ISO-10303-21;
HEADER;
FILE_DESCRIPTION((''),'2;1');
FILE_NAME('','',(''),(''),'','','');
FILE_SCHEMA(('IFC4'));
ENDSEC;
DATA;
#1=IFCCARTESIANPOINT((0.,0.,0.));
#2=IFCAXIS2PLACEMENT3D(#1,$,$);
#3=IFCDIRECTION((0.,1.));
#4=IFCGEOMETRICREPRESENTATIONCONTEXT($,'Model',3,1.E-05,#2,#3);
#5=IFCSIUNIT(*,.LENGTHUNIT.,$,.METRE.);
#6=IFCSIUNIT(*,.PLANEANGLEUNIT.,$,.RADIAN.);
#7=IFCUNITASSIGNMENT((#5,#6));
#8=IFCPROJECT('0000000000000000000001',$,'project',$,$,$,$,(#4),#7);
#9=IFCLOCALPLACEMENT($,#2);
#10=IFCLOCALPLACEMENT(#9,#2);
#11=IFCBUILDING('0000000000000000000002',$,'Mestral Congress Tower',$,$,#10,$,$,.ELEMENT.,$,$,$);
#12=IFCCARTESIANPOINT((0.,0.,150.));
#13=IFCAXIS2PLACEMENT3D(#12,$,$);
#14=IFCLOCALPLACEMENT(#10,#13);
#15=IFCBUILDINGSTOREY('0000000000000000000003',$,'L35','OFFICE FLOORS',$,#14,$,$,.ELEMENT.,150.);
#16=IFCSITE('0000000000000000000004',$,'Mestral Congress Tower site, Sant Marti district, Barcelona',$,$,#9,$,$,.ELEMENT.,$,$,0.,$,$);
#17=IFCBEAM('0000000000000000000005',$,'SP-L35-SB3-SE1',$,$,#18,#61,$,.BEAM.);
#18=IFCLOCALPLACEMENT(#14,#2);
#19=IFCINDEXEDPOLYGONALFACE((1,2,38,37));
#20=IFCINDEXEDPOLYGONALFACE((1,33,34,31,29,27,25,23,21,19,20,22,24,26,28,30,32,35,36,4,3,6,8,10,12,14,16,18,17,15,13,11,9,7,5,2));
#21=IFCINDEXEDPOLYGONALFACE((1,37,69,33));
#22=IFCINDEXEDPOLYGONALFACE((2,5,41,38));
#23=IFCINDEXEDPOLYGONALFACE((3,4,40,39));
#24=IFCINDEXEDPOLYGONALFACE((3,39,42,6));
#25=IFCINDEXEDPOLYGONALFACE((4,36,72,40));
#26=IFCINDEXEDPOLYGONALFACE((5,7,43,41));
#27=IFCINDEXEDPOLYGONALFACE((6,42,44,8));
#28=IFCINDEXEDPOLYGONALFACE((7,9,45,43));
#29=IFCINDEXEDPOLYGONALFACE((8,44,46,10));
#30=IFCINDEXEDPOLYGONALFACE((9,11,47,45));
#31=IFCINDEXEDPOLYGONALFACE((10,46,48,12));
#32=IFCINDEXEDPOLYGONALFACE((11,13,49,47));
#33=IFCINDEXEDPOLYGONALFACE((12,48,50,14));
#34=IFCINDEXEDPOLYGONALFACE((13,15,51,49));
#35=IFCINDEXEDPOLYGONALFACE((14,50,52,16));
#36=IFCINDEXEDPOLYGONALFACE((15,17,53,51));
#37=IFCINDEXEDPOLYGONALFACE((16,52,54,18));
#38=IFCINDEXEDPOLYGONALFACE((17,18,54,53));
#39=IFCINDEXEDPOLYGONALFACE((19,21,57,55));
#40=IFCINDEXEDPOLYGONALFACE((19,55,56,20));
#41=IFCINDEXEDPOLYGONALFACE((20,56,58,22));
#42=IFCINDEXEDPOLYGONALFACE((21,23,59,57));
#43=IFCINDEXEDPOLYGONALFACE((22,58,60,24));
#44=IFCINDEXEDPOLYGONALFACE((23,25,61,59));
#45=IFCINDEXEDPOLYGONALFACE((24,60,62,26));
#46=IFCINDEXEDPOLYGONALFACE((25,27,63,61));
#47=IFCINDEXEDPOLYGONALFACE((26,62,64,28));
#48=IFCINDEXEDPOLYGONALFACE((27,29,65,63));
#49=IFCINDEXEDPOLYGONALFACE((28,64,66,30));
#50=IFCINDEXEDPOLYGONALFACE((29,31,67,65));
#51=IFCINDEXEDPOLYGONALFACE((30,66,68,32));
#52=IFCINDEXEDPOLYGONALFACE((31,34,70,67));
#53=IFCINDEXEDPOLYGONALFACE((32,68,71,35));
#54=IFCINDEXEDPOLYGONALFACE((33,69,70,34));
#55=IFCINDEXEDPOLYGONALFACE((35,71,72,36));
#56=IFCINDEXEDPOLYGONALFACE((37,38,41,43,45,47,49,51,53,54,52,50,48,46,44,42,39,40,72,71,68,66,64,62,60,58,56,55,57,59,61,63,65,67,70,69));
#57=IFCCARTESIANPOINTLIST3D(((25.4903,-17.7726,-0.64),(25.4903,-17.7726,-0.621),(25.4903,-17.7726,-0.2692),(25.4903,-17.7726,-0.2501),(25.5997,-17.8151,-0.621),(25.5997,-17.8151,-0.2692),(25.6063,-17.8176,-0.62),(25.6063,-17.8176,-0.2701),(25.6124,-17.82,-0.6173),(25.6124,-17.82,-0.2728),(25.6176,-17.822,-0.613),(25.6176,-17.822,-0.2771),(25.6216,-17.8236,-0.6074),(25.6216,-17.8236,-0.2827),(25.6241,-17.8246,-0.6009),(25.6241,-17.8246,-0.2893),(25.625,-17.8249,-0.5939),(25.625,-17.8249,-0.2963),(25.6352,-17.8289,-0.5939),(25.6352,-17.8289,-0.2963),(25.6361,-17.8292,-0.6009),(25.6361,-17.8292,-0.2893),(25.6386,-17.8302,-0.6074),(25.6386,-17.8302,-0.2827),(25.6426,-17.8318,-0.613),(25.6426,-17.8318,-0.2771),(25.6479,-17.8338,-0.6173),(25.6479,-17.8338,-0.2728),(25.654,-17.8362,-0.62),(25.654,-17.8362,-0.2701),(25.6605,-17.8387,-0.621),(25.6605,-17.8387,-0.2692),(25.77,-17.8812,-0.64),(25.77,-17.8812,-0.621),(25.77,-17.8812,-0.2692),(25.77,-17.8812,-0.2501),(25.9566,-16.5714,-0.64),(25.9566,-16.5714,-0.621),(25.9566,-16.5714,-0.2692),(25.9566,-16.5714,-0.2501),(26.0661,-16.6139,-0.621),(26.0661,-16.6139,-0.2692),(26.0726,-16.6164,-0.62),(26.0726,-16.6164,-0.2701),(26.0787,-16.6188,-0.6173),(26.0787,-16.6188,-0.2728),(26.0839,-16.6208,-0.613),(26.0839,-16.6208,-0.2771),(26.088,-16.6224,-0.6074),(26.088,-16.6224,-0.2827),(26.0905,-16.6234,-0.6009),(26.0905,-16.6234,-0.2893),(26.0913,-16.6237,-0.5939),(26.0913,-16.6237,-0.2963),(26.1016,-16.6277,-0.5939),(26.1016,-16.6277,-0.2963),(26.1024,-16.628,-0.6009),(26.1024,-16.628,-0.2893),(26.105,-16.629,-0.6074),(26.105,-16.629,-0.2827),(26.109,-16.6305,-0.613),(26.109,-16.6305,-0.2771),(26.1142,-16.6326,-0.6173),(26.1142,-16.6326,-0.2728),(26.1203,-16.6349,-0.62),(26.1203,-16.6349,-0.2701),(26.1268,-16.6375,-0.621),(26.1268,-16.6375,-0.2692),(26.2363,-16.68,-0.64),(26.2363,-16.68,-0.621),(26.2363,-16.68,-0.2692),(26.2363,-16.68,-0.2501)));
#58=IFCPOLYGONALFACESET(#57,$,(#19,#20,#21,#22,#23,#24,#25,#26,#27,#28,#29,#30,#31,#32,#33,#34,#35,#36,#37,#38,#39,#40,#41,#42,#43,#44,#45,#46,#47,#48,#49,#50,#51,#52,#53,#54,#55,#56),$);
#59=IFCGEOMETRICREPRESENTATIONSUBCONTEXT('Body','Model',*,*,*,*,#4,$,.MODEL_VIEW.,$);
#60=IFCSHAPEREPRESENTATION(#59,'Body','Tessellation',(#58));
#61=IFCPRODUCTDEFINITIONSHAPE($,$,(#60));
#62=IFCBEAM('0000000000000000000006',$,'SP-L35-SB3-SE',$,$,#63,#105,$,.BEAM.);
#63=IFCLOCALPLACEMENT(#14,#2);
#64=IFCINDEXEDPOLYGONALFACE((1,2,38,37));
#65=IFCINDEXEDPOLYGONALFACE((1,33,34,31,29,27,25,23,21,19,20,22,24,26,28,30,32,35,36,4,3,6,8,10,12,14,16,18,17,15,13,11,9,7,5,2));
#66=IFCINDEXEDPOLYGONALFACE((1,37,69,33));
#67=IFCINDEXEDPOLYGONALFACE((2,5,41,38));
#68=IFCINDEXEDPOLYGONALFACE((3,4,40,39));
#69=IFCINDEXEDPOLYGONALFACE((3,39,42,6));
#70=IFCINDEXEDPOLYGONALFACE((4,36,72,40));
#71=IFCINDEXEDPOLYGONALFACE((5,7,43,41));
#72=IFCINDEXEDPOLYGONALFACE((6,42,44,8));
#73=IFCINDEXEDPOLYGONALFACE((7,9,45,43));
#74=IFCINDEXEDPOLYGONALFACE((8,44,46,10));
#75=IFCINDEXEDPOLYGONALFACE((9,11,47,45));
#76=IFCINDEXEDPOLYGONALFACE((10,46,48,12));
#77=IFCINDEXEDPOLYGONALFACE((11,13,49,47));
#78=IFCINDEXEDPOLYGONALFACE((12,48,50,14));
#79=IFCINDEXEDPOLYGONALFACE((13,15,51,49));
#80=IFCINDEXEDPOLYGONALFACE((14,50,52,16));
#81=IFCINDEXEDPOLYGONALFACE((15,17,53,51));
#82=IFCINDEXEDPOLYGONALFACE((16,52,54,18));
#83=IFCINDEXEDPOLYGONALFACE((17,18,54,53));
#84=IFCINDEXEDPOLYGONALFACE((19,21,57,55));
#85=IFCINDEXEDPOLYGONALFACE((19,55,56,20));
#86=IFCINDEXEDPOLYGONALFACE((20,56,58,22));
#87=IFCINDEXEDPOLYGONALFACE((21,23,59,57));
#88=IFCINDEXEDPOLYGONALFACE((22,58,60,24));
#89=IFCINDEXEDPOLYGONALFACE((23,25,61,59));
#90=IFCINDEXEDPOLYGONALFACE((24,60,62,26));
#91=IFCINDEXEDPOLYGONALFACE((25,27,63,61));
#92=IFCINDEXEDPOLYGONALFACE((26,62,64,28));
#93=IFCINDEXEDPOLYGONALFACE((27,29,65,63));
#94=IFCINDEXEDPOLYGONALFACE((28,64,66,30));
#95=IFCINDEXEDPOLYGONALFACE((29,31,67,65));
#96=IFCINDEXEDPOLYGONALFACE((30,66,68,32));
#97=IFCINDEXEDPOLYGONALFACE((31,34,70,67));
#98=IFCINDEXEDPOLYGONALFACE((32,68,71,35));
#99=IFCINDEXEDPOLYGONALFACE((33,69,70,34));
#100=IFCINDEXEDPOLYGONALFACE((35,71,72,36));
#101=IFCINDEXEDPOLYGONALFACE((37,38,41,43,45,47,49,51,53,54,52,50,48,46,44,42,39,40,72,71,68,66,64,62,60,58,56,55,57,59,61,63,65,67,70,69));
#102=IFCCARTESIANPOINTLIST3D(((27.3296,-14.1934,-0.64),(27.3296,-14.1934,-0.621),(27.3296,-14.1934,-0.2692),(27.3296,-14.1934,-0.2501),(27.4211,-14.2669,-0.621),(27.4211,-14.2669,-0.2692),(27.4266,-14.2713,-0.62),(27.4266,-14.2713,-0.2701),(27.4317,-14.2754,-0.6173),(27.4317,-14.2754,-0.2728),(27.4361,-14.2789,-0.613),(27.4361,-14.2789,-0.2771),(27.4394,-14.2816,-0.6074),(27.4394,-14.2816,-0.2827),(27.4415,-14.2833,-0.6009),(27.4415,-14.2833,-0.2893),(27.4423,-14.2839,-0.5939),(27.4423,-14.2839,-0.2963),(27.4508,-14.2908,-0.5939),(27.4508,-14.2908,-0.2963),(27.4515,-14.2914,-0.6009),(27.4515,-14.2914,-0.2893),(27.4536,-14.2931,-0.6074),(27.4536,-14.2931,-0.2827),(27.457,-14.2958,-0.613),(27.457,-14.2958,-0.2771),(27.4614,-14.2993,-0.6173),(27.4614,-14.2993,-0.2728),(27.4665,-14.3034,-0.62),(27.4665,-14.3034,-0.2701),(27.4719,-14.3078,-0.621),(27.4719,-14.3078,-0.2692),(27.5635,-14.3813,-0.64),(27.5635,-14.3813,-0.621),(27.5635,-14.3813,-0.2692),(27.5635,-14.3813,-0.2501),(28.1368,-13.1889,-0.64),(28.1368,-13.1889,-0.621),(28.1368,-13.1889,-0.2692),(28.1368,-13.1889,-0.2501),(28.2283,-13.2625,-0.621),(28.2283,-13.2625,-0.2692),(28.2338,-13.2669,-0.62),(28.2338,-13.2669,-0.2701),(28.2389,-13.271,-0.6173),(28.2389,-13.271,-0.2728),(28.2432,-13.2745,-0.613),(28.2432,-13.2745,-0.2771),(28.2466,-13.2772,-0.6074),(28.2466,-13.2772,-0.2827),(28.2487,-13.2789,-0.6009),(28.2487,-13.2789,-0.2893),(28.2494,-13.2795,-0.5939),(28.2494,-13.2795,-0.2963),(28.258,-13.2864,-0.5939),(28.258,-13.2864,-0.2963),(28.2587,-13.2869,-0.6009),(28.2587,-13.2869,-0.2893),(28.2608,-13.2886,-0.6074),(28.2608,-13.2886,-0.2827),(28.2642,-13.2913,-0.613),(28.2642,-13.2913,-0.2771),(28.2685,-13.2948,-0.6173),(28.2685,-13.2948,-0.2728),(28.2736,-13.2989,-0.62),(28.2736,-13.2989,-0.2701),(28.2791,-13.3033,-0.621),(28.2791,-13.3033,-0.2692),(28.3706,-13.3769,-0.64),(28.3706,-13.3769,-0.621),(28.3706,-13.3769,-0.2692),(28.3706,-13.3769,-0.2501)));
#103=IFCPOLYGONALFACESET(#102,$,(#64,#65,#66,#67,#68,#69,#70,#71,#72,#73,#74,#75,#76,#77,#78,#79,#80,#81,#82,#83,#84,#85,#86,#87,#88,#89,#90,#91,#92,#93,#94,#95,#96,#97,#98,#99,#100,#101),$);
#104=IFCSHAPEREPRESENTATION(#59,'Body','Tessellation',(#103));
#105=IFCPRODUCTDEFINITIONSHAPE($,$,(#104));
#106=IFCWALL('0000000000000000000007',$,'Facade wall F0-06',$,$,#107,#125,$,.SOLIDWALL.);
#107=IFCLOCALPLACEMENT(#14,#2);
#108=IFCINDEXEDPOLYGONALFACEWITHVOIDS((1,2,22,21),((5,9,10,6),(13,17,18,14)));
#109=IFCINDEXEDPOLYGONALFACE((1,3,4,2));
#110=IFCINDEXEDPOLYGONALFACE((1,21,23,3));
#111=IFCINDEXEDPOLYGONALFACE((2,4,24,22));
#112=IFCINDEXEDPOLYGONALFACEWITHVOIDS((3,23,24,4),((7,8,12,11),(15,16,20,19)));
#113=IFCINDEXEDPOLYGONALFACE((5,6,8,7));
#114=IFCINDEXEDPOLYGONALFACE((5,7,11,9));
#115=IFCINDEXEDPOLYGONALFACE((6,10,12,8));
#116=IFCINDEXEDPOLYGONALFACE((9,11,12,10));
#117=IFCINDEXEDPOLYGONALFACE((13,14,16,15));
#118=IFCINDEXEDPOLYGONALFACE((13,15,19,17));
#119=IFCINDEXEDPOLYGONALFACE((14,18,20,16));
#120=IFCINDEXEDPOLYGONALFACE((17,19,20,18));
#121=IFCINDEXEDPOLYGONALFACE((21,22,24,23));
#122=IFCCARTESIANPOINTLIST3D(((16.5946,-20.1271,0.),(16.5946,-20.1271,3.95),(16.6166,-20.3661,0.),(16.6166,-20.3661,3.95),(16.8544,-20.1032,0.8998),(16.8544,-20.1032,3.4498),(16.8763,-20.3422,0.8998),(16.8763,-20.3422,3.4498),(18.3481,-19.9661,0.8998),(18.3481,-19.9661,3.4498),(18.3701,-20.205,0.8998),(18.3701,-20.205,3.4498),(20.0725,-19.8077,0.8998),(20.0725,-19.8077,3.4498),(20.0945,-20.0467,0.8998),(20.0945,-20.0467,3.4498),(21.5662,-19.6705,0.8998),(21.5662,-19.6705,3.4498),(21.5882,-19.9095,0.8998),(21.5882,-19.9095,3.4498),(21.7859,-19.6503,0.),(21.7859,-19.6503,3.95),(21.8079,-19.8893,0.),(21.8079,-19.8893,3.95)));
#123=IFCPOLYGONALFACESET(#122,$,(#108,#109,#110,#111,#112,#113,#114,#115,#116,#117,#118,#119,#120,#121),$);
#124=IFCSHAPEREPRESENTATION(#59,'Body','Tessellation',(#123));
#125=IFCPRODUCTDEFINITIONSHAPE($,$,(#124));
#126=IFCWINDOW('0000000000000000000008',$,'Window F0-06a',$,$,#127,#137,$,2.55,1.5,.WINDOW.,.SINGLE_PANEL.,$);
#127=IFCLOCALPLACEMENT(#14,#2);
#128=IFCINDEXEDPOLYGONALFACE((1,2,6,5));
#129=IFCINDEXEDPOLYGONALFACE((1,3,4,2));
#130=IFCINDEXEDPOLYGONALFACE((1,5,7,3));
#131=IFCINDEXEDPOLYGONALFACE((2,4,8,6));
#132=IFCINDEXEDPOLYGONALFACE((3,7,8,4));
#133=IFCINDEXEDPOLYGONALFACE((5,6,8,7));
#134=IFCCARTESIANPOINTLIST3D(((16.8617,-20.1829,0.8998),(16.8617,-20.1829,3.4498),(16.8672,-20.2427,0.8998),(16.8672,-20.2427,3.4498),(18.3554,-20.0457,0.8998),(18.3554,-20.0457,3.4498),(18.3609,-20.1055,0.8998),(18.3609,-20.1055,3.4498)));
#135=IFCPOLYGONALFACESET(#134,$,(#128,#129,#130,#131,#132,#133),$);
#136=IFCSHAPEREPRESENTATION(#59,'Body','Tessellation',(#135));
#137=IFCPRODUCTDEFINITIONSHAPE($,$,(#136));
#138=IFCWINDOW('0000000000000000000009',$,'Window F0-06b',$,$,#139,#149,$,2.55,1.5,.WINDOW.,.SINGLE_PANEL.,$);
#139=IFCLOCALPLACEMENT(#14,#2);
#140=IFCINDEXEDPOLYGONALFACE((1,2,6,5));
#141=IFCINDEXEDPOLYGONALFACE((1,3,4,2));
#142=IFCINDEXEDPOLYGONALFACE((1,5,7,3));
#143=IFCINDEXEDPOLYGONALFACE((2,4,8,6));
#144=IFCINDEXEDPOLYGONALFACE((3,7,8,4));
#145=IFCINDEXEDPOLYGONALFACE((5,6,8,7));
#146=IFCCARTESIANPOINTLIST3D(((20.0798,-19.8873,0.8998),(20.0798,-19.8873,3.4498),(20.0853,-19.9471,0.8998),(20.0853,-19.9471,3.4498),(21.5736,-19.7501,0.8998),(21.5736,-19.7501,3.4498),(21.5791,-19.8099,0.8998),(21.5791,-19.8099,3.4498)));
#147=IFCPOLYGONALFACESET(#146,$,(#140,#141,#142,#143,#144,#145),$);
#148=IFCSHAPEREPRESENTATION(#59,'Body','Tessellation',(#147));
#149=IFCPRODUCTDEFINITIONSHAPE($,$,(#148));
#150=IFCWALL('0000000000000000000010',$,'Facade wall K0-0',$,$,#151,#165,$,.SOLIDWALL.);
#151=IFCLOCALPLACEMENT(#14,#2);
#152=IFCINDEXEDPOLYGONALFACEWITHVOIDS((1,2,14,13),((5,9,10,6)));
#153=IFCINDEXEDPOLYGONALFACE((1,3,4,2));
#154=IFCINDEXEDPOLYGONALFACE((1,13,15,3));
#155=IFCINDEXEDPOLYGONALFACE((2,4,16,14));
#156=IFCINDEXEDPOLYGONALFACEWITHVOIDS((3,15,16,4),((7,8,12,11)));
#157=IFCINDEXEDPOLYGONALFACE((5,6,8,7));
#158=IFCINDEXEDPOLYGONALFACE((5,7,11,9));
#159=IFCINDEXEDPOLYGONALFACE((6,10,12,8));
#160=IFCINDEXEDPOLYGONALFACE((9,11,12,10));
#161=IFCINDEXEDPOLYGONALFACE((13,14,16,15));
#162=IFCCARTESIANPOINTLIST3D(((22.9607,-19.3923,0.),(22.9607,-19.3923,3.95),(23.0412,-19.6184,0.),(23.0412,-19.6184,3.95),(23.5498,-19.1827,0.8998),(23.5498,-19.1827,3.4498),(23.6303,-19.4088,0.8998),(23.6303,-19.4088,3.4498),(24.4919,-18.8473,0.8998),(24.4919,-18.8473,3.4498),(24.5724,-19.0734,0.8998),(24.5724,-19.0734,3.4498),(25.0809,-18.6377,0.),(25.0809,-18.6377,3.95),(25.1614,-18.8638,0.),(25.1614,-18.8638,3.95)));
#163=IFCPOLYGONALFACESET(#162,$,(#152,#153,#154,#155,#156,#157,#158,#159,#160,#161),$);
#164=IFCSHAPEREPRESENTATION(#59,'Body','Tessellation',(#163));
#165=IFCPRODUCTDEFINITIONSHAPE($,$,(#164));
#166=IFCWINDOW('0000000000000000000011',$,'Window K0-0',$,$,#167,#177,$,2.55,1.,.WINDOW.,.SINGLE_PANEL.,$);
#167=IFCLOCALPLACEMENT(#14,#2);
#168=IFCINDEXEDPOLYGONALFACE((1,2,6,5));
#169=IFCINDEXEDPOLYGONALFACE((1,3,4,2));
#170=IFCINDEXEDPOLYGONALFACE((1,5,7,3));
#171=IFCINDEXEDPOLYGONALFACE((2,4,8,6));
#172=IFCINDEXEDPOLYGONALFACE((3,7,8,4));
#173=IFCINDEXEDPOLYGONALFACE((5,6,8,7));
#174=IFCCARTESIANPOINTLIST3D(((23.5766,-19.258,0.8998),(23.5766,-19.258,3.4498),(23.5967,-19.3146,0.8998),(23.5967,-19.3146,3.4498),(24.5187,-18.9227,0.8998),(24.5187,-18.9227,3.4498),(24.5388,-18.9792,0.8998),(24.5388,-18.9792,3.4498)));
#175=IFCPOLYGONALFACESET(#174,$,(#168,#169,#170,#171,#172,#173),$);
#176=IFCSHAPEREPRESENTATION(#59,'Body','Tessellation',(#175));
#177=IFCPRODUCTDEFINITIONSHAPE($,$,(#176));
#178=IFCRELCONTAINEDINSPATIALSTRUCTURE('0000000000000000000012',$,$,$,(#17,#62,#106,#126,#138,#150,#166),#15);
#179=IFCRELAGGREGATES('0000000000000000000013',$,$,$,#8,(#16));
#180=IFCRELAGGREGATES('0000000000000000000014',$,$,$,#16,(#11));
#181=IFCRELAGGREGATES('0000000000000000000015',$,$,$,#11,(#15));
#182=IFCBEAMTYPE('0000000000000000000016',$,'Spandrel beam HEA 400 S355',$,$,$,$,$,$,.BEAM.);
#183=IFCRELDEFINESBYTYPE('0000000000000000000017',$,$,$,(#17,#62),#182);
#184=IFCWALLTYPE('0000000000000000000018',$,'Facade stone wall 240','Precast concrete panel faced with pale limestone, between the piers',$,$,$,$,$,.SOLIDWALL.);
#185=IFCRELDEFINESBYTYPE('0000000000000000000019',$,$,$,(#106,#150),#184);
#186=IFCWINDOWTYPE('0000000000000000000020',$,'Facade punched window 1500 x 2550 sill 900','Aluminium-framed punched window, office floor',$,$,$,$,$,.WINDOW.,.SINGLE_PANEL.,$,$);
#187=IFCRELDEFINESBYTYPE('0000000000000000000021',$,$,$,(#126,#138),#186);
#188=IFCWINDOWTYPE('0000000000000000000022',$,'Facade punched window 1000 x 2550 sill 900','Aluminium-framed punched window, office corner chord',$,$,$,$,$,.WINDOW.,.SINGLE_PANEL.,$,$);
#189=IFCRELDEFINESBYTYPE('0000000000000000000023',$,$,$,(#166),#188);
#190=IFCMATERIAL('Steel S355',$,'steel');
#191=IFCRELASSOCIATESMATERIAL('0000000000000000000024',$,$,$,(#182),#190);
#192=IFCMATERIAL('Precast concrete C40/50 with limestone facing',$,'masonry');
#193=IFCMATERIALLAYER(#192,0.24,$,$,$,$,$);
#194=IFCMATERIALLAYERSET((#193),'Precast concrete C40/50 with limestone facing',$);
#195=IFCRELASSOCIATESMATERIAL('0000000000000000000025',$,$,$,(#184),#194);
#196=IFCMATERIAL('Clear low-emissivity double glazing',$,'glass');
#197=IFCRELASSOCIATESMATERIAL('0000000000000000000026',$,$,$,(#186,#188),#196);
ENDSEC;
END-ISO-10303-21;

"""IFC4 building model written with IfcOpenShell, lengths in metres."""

from ifc_helpers import new_model, si_unit, direction, frame, frame_2d, origin, origin_2d, place, context, subcontext, project, spatial, rectangle, i_section, extrude, material, layer, layer_set, material_profile, profile_set, type_object, element, fill, save


model = new_model("IFC4")

# Units and contexts
model_context = context("Model", 3, precision=1e-05, world=origin(), true_north=direction((0.0, 1.0)))
body_context = subcontext(model_context, "Body", "Model", "MODEL_VIEW")
ifc_project = project(units=[si_unit("LENGTHUNIT", "METRE"), si_unit("PLANEANGLEUNIT", "RADIAN")], contexts=[model_context])

# Site, building, storey
site_placement = place(None, origin())
site = spatial("IfcSite", under=ifc_project, at=site_placement, Name="Mestral Congress Tower site, Sant Marti district, Barcelona", CompositionType="ELEMENT", RefElevation=0.0)
building_placement = place(site_placement, origin())
building = spatial("IfcBuilding", under=site, at=building_placement, Name="Mestral Congress Tower", CompositionType="ELEMENT")
storey_placement = place(building_placement, frame((0.0, 0.0, 150.0)))
storey = spatial("IfcBuildingStorey", under=building, at=storey_placement, Name="L35", Description="OFFICE FLOORS", CompositionType="ELEMENT", Elevation=150.0)

# Beams
ifc_material_1 = material(Name="Steel S355", Category="steel")
ifc_material_profile_1 = material_profile(ifc_material_1, i_section(OverallWidth=0.3, OverallDepth=0.3899, WebThickness=0.011, FlangeThickness=0.019, FilletRadius=0.0271, at=origin_2d()), Name="HEA 400")
ifc_profile_set_1 = profile_set([ifc_material_profile_1], Name="Steel S355")
beam_type_1 = type_object("IfcBeamType", Name="Spandrel beam HEA 400 S355", PredefinedType="BEAM", material=ifc_profile_set_1)
for number, where, z_axis, x_axis, name in (
    (1, (25.6301, -17.8269, -0.4451), (0.361898, 0.932218, 0.0), (-0.932218, 0.361898, 0.0), "SP-L35-SB3-SE1"),
    (2, (27.4465, -14.2874, -0.4451), (0.626403, 0.779499, 0.0), (-0.779499, 0.626403, 0.0), "SP-L35-SB3-SE"),
):
    element("IfcBeam", number, at=place(storey_placement, frame(where, z_axis=z_axis, x_axis=x_axis)), inside=storey, type_object=beam_type_1, Name=name, PredefinedType="BEAM", context=body_context, shape_type="SweptSolid", body=[
        extrude(i_section(OverallWidth=0.3, OverallDepth=0.3899, WebThickness=0.011, FlangeThickness=0.019, FilletRadius=0.0271, at=origin_2d()), origin(), (0.0, 0.0, 1.0), 1.2886),
    ])

# Wall, openings, windows
ifc_material_2 = material(Name="Precast concrete C40/50 with limestone facing", Category="masonry")
ifc_layer_1 = layer(ifc_material_2, 0.24)
ifc_layer_set_1 = layer_set([ifc_layer_1], Name="Precast concrete C40/50 with limestone facing")
wall_type_1 = type_object("IfcWallType", Name="Facade stone wall 240", Description="Precast concrete panel faced with pale limestone, between the piers", PredefinedType="SOLIDWALL", material=ifc_layer_set_1)
wall_1_placement = place(storey_placement, frame((16.6057, -20.2466, 0.0), z_axis=(0.0, 0.0, 1.0), x_axis=(0.995809, 0.09146, 0.0)))
wall_1 = element("IfcWall", 3, at=wall_1_placement, inside=storey, type_object=wall_type_1, Name="Facade wall F0-06", PredefinedType="SOLIDWALL", context=body_context, shape_type="SweptSolid", body=[
    extrude(rectangle(XDim=5.2131, YDim=0.24, at=frame_2d((2.6064, 0.0))), origin(), (0.0, 0.0, 1.0), 3.95),
])
opening_1_placement = place(wall_1_placement, frame((0.2607, 0.0, 0.8999)))
opening_1 = element("IfcOpeningElement", 4, at=opening_1_placement, cuts=wall_1, PredefinedType="OPENING", context=body_context, shape_type="SweptSolid", body=[
    extrude(rectangle(XDim=1.5, YDim=2.55, at=frame_2d((0.75, 1.2749))), frame((0.0, 0.1299, 0.0), z_axis=(0.0, -1.0, 0.0), x_axis=(1.0, 0.0, 0.0)), (0.0, 0.0, 1.0), 0.26),
])
opening_2_placement = place(wall_1_placement, frame((3.4924, 0.0, 0.8999)))
opening_2 = element("IfcOpeningElement", 5, at=opening_2_placement, cuts=wall_1, PredefinedType="OPENING", context=body_context, shape_type="SweptSolid", body=[
    extrude(rectangle(XDim=1.5, YDim=2.55, at=frame_2d((0.75, 1.2749))), frame((0.0, 0.1299, 0.0), z_axis=(0.0, -1.0, 0.0), x_axis=(1.0, 0.0, 0.0)), (0.0, 0.0, 1.0), 0.26),
])
ifc_material_3 = material(Name="Clear low-emissivity double glazing", Category="glass")
window_type_1 = type_object("IfcWindowType", Name="Facade punched window 1500 x 2550 sill 900", Description="Aluminium-framed punched window, office floor", PartitioningType="SINGLE_PANEL", PredefinedType="WINDOW", material=ifc_material_3)
window_1_placement = place(opening_1_placement, origin())
window_1 = element("IfcWindow", 6, at=window_1_placement, inside=storey, type_object=window_type_1, Name="Window F0-06a", OverallHeight=2.55, OverallWidth=1.5, PartitioningType="SINGLE_PANEL", PredefinedType="WINDOW", context=body_context, shape_type="SweptSolid", body=[
    extrude(rectangle(XDim=1.5, YDim=2.55, at=frame_2d((0.75, 1.2749))), frame((0.0, 0.04, 0.0), z_axis=(0.0, -1.0, 0.0), x_axis=(1.0, 0.0, 0.0)), (0.0, 0.0, 1.0), 0.0601),
])
fill(opening_1, window_1)
window_2_placement = place(opening_2_placement, origin())
window_2 = element("IfcWindow", 7, at=window_2_placement, inside=storey, type_object=window_type_1, Name="Window F0-06b", OverallHeight=2.55, OverallWidth=1.5, PartitioningType="SINGLE_PANEL", PredefinedType="WINDOW", context=body_context, shape_type="SweptSolid", body=[
    extrude(rectangle(XDim=1.5, YDim=2.55, at=frame_2d((0.75, 1.2749))), frame((0.0, 0.04, 0.0), z_axis=(0.0, -1.0, 0.0), x_axis=(1.0, 0.0, 0.0)), (0.0, 0.0, 1.0), 0.0601),
])
fill(opening_2, window_2)

# Wall, opening, window
wall_2_placement = place(storey_placement, frame((23.001, -19.5054, 0.0), z_axis=(0.0, 0.0, 1.0), x_axis=(0.9421, 0.335333, 0.0)))
wall_2 = element("IfcWall", 8, at=wall_2_placement, inside=storey, type_object=wall_type_1, Name="Facade wall K0-0", PredefinedType="SOLIDWALL", context=body_context, shape_type="SweptSolid", body=[
    extrude(rectangle(XDim=2.2505, YDim=0.24, at=frame_2d((1.1252, 0.0))), origin(), (0.0, 0.0, 1.0), 3.95),
])
opening_3_placement = place(wall_2_placement, frame((0.6252, 0.0, 0.8999)))
opening_3 = element("IfcOpeningElement", 9, at=opening_3_placement, cuts=wall_2, PredefinedType="OPENING", context=body_context, shape_type="SweptSolid", body=[
    extrude(rectangle(XDim=1.0, YDim=2.55, at=frame_2d((0.5, 1.2749))), frame((0.0, 0.1299, 0.0), z_axis=(0.0, -1.0, 0.0), x_axis=(1.0, 0.0, 0.0)), (0.0, 0.0, 1.0), 0.26),
])
window_type_2 = type_object("IfcWindowType", Name="Facade punched window 1000 x 2550 sill 900", Description="Aluminium-framed punched window, office corner chord", PartitioningType="SINGLE_PANEL", PredefinedType="WINDOW", material=ifc_material_3)
window_3_placement = place(opening_3_placement, origin())
window_3 = element("IfcWindow", 10, at=window_3_placement, inside=storey, type_object=window_type_2, Name="Window K0-0", OverallHeight=2.55, OverallWidth=1.0, PartitioningType="SINGLE_PANEL", PredefinedType="WINDOW", context=body_context, shape_type="SweptSolid", body=[
    extrude(rectangle(XDim=1.0, YDim=2.55, at=frame_2d((0.5, 1.2749))), frame((0.0, 0.04, 0.0), z_axis=(0.0, -1.0, 0.0), x_axis=(1.0, 0.0, 0.0)), (0.0, 0.0, 1.0), 0.0601),
])
fill(opening_3, window_3)

save(model, "model.ifc")
